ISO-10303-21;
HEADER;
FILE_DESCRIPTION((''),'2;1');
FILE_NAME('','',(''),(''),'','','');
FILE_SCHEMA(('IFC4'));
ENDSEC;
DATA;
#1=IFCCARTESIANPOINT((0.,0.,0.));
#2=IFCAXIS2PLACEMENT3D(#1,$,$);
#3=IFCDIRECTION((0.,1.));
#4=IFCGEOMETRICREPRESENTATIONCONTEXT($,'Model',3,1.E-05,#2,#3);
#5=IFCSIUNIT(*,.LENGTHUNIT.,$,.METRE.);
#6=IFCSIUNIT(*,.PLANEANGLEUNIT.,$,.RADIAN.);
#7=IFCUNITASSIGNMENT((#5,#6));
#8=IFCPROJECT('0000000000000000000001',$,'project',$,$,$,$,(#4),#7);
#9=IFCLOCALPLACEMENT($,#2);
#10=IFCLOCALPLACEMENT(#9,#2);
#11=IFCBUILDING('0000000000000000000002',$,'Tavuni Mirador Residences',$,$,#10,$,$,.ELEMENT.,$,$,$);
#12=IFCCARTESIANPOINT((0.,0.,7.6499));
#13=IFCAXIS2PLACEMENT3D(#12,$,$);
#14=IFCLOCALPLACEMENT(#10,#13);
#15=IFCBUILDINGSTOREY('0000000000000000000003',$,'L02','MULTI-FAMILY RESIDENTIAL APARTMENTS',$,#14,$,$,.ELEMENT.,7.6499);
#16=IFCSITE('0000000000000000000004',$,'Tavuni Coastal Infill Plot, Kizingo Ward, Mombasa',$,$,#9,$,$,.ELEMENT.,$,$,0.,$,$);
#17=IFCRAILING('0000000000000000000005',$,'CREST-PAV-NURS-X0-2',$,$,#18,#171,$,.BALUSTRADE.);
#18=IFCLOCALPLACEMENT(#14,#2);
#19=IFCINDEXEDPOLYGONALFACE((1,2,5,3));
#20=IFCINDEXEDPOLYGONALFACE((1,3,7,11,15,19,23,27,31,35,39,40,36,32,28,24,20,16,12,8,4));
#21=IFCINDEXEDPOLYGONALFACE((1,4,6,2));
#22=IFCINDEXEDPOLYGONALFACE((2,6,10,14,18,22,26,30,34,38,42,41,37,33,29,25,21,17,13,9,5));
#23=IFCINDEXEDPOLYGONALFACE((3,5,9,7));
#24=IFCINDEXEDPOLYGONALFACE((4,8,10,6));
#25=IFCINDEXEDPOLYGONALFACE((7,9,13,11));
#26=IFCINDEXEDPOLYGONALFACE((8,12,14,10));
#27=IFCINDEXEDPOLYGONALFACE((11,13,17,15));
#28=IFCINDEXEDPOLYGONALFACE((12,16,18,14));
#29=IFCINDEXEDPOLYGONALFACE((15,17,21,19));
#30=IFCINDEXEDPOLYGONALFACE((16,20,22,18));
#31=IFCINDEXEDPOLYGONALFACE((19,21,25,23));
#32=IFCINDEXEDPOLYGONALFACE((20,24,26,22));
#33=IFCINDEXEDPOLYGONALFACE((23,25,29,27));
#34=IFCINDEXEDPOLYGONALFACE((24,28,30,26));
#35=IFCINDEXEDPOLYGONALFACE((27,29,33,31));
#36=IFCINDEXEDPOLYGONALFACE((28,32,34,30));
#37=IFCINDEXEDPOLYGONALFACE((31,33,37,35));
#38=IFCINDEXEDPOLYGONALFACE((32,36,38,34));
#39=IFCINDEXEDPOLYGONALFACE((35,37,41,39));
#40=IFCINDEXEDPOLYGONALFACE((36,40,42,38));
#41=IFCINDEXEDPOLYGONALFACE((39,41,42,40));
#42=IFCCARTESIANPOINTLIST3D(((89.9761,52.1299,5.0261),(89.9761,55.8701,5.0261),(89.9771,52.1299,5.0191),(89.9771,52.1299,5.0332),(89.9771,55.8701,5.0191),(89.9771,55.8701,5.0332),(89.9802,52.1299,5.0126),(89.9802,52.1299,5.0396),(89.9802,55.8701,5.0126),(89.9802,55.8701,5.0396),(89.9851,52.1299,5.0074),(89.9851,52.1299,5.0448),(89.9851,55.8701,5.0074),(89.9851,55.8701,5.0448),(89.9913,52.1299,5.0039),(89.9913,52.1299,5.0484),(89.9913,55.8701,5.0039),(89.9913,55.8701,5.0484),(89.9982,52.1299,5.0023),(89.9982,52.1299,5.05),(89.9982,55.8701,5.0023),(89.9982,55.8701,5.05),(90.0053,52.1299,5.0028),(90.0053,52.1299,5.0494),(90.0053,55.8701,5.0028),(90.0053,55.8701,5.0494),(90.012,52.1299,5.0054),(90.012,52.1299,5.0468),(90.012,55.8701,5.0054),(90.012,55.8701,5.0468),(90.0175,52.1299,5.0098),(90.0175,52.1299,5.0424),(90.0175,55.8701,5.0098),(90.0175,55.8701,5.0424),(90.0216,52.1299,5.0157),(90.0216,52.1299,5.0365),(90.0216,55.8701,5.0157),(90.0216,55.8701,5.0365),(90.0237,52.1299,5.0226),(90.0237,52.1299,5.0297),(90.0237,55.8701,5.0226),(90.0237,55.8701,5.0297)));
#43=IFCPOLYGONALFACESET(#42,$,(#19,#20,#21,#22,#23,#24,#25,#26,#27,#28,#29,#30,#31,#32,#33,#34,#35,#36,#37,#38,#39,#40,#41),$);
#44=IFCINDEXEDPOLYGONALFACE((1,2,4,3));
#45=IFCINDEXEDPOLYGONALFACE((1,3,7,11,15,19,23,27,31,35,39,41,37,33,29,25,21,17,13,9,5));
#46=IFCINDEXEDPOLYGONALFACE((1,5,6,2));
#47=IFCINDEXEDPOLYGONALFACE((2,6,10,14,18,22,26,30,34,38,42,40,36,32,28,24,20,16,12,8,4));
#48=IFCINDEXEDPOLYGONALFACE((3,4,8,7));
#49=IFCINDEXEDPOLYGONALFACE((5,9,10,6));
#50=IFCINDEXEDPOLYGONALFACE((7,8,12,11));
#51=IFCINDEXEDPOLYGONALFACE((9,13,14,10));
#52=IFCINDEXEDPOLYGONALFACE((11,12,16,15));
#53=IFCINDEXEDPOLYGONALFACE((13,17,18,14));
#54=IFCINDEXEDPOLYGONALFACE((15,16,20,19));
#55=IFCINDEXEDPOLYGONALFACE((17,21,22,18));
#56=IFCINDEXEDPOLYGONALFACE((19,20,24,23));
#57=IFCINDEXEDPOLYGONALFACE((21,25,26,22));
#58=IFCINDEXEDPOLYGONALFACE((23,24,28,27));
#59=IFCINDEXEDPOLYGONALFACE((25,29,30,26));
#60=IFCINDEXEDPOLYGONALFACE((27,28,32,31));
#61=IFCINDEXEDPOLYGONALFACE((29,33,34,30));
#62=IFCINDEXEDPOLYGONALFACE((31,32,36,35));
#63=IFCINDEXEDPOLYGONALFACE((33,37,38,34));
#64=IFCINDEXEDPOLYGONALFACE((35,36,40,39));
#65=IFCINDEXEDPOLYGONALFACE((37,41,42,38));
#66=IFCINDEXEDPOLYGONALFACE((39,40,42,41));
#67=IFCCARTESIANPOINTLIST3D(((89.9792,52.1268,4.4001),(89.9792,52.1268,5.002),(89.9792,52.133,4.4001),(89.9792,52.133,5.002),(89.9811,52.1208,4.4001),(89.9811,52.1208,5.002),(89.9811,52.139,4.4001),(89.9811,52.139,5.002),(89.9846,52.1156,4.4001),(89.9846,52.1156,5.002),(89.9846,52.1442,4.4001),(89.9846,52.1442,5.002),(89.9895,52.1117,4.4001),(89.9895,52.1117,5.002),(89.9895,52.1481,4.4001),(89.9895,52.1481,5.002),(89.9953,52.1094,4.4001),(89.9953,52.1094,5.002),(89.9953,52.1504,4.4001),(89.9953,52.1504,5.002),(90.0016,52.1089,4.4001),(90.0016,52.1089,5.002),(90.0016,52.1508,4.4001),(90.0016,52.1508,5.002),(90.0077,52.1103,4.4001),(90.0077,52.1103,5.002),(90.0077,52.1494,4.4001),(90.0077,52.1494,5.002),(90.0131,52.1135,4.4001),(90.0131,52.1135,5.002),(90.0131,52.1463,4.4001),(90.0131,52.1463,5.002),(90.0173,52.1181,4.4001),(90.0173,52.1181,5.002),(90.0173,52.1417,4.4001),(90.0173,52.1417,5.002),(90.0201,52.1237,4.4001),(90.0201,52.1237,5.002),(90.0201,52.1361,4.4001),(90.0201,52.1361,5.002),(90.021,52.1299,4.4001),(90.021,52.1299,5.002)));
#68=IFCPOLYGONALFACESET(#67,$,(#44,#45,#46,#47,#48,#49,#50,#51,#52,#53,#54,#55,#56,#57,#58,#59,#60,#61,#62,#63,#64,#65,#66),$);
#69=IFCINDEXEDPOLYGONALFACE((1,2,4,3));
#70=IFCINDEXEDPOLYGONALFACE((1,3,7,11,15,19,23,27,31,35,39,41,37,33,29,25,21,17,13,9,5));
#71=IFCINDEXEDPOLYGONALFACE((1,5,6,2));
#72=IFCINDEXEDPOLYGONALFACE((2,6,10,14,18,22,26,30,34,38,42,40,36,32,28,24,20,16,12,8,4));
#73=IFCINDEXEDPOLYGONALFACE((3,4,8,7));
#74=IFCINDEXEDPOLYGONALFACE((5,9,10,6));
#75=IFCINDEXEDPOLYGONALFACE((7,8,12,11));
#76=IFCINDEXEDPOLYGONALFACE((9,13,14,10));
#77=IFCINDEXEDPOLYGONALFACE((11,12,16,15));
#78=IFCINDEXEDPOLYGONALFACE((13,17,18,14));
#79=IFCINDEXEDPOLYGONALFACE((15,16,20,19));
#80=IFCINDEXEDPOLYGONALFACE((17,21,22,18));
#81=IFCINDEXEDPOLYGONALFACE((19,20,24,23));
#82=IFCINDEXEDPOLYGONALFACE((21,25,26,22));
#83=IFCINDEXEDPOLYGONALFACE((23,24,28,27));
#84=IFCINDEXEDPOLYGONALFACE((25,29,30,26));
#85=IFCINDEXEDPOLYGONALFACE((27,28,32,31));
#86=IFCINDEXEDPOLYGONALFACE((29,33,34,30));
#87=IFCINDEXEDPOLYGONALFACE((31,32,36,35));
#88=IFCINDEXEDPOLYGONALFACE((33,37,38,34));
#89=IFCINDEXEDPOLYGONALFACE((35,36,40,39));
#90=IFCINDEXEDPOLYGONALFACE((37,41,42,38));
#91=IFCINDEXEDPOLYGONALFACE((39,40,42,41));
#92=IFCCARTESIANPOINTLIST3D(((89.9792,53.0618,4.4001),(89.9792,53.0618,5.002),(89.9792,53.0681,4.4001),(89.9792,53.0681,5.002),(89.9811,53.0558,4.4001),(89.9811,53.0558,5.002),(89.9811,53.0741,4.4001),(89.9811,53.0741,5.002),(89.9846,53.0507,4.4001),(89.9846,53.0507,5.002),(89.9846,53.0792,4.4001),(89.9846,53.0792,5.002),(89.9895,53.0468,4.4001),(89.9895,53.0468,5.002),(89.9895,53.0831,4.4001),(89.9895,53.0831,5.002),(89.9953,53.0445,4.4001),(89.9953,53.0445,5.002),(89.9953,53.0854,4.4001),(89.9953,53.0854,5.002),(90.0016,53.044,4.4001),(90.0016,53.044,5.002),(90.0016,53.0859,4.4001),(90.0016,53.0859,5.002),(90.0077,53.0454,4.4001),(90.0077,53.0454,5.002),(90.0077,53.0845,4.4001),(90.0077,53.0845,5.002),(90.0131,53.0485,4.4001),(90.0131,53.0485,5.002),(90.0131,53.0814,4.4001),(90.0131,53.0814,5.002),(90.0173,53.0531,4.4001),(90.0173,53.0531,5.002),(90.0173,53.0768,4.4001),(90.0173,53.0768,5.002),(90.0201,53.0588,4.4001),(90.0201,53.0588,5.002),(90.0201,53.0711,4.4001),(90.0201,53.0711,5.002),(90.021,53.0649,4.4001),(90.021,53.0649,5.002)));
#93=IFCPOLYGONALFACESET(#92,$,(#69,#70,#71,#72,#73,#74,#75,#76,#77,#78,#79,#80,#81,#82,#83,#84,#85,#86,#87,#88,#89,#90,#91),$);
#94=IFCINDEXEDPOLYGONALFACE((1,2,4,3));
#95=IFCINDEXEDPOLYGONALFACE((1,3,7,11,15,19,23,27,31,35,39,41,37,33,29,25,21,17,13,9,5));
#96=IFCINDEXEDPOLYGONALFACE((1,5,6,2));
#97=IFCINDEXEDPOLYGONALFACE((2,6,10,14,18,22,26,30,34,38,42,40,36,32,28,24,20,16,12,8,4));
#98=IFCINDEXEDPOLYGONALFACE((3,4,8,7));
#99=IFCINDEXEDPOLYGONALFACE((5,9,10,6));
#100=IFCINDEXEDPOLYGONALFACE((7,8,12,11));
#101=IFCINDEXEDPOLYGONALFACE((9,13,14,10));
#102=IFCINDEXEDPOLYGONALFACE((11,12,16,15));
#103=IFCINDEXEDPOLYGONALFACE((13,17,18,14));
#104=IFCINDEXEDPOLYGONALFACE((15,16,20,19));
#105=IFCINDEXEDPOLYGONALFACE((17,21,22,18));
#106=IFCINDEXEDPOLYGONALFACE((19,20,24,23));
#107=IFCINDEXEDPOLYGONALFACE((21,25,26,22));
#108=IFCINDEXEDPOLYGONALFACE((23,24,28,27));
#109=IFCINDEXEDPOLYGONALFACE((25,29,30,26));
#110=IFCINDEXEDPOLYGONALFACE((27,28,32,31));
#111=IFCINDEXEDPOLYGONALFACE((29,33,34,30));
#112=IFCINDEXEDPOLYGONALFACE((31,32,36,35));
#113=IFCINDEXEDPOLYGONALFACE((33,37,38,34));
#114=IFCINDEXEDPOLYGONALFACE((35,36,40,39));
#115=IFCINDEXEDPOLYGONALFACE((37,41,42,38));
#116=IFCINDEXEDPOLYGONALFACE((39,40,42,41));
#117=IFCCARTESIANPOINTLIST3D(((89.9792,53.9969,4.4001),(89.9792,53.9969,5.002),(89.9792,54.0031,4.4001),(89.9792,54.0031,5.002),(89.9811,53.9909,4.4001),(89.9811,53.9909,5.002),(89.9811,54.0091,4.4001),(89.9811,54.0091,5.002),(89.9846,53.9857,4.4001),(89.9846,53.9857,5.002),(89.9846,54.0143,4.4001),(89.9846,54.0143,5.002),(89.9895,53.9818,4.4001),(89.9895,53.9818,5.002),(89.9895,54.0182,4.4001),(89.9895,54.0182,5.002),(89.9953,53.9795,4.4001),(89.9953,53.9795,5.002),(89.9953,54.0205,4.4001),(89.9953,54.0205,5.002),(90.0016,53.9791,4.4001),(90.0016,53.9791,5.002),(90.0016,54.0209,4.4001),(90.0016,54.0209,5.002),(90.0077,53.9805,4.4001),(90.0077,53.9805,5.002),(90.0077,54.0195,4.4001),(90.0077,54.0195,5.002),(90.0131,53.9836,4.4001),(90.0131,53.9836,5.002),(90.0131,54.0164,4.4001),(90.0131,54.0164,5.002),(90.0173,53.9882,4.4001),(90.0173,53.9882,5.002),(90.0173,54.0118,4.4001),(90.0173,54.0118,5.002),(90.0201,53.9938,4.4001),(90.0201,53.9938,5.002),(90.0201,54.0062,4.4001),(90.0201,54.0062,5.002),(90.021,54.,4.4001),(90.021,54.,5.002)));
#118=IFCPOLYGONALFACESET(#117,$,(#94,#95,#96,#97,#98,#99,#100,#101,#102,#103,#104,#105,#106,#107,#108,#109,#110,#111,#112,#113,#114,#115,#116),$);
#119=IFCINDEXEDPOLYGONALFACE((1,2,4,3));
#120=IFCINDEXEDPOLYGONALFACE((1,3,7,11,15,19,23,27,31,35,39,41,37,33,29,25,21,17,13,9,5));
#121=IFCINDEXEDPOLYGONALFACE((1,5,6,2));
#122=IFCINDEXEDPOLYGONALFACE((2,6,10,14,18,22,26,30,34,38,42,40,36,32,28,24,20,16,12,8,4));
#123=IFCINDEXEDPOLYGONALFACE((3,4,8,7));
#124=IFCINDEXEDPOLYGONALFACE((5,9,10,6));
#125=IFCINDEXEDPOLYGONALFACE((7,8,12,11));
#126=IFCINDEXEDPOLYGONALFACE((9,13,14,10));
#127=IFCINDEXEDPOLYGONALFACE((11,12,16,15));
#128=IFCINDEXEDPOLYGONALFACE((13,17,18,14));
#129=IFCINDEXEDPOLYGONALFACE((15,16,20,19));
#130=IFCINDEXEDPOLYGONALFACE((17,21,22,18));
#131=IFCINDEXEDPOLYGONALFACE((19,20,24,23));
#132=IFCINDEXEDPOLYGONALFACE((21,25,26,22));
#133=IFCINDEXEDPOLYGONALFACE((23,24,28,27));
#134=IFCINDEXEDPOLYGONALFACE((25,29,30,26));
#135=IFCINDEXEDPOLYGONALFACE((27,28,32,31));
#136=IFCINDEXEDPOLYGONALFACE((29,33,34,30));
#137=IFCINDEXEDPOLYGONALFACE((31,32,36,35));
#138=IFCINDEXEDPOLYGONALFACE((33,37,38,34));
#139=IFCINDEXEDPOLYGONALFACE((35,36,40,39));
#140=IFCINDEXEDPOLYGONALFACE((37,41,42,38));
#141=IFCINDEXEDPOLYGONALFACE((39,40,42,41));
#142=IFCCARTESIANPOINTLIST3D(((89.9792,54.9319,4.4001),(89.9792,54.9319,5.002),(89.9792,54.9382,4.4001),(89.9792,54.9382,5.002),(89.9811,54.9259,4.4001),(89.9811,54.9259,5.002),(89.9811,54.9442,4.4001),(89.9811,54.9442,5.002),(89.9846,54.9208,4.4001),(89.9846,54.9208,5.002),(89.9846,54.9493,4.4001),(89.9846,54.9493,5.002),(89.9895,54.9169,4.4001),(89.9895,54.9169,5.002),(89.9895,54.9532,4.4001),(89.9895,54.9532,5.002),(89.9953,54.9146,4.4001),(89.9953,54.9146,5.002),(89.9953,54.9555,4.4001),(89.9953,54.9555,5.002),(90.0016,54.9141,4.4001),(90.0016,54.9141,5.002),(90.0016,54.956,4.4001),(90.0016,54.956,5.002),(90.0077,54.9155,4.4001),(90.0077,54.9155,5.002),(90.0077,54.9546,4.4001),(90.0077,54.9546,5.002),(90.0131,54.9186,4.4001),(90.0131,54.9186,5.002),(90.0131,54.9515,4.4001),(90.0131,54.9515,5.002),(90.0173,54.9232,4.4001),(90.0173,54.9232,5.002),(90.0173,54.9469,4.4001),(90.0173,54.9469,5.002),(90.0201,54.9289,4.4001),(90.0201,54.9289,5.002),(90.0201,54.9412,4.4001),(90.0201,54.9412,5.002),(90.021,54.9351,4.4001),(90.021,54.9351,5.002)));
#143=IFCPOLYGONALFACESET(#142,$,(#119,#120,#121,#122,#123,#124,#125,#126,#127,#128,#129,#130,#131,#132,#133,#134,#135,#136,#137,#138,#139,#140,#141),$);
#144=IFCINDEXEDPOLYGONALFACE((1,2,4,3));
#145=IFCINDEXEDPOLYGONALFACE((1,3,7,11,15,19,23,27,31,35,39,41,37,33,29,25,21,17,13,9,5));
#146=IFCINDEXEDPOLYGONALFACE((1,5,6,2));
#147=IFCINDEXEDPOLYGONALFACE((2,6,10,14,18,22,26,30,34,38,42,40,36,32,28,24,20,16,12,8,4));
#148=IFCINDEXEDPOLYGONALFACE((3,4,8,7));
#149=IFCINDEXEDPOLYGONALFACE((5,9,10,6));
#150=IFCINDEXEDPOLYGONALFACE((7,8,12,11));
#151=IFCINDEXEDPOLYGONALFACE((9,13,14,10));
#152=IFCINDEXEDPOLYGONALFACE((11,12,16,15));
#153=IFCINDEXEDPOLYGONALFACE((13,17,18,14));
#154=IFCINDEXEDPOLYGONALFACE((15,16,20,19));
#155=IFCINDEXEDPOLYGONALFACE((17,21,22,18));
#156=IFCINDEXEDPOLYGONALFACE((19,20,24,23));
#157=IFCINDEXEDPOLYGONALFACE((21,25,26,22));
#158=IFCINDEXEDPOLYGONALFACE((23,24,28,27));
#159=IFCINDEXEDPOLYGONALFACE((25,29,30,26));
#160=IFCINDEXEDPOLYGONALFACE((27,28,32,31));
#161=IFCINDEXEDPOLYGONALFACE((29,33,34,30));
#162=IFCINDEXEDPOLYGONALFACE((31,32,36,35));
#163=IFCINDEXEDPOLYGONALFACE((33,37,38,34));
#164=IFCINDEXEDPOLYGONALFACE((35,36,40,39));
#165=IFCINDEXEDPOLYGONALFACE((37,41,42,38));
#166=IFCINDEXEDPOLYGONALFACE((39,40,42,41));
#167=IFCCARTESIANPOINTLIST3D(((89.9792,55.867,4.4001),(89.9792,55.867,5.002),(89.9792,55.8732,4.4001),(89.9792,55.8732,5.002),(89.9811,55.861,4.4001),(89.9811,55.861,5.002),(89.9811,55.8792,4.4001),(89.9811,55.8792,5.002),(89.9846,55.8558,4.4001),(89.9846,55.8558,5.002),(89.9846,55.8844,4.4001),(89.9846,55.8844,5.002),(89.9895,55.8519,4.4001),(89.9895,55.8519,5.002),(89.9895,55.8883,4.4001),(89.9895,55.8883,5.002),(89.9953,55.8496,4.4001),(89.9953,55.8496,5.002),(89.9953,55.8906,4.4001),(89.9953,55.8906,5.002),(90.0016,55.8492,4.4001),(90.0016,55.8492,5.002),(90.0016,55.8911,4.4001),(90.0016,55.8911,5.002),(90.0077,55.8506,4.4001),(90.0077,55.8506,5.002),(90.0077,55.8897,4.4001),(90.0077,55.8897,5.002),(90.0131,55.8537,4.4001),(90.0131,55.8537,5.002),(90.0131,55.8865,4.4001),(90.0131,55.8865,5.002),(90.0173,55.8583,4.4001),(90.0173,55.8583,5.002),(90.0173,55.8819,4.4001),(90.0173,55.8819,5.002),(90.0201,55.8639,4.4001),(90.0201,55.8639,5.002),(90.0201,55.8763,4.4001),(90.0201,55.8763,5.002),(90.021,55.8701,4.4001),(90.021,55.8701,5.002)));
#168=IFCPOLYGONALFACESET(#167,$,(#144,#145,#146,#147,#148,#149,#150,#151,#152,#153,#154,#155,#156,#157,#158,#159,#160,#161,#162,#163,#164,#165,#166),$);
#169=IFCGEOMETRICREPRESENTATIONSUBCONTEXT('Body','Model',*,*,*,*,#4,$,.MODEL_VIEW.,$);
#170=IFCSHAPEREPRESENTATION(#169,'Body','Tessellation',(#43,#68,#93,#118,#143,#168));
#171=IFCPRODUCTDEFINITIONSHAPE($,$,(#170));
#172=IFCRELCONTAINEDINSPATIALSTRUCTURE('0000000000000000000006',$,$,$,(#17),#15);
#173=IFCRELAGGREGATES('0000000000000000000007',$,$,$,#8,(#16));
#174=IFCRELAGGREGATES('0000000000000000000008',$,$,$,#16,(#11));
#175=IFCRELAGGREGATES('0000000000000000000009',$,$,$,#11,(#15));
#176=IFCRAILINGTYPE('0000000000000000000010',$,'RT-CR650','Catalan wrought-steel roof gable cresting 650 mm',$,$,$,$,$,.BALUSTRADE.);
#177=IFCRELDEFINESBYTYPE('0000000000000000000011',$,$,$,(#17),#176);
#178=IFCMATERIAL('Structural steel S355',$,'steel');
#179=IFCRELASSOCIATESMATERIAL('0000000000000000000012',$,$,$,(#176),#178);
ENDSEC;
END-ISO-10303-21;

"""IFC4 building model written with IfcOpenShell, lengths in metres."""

from ifc_helpers import new_model, si_unit, direction, frame, origin, origin_2d, place, context, subcontext, project, spatial, circle, extrude, material, type_object, element, save


model = new_model("IFC4")

# Units and contexts
model_context = context("Model", 3, precision=1e-05, world=origin(), true_north=direction((0.0, 1.0)))
body_context = subcontext(model_context, "Body", "Model", "MODEL_VIEW")
ifc_project = project(units=[si_unit("LENGTHUNIT", "METRE"), si_unit("PLANEANGLEUNIT", "RADIAN")], contexts=[model_context])

# Site, building, storey
site_placement = place(None, origin())
site = spatial("IfcSite", under=ifc_project, at=site_placement, Name="Tavuni Coastal Infill Plot, Kizingo Ward, Mombasa", CompositionType="ELEMENT", RefElevation=0.0)
building_placement = place(site_placement, origin())
building = spatial("IfcBuilding", under=site, at=building_placement, Name="Tavuni Mirador Residences", CompositionType="ELEMENT")
storey_placement = place(building_placement, frame((0.0, 0.0, 7.6499)))
storey = spatial("IfcBuildingStorey", under=building, at=storey_placement, Name="L02", Description="MULTI-FAMILY RESIDENTIAL APARTMENTS", CompositionType="ELEMENT", Elevation=7.6499)

# Shared definitions
ifc_material_1 = material(Name="Structural steel S355", Category="steel")

# Railing
railing_type = type_object("IfcRailingType", Name="RT-CR650", Description="Catalan wrought-steel roof gable cresting 650 mm", PredefinedType="BALUSTRADE", material=ifc_material_1)
railing_1_placement = place(storey_placement, frame((90.0, 52.1299, 4.4001)))
element("IfcRailing", 1, at=railing_1_placement, inside=storey, type_object=railing_type, Name="CREST-PAV-NURS-X0-2", PredefinedType="BALUSTRADE", context=body_context, shape_type="SweptSolid", body=[
    extrude(circle(Radius=0.0239, at=origin_2d()), frame((0.0, 0.0, 0.626), z_axis=(0.0, 1.0, 0.0), x_axis=(-1.0, 0.0, 0.0)), (0.0, 0.0, 1.0), 3.7402),
    extrude(circle(Radius=0.021, at=origin_2d()), origin(), (0.0, 0.0, 1.0), 0.6018),
    extrude(circle(Radius=0.021, at=origin_2d()), frame((0.0, 0.9351, 0.0)), (0.0, 0.0, 1.0), 0.6018),
    extrude(circle(Radius=0.021, at=origin_2d()), frame((0.0, 1.8701, 0.0)), (0.0, 0.0, 1.0), 0.6018),
    extrude(circle(Radius=0.021, at=origin_2d()), frame((0.0, 2.8052, 0.0)), (0.0, 0.0, 1.0), 0.6018),
    extrude(circle(Radius=0.021, at=origin_2d()), frame((0.0, 3.7402, 0.0)), (0.0, 0.0, 1.0), 0.6018),
])

save(model, "model.ifc")
